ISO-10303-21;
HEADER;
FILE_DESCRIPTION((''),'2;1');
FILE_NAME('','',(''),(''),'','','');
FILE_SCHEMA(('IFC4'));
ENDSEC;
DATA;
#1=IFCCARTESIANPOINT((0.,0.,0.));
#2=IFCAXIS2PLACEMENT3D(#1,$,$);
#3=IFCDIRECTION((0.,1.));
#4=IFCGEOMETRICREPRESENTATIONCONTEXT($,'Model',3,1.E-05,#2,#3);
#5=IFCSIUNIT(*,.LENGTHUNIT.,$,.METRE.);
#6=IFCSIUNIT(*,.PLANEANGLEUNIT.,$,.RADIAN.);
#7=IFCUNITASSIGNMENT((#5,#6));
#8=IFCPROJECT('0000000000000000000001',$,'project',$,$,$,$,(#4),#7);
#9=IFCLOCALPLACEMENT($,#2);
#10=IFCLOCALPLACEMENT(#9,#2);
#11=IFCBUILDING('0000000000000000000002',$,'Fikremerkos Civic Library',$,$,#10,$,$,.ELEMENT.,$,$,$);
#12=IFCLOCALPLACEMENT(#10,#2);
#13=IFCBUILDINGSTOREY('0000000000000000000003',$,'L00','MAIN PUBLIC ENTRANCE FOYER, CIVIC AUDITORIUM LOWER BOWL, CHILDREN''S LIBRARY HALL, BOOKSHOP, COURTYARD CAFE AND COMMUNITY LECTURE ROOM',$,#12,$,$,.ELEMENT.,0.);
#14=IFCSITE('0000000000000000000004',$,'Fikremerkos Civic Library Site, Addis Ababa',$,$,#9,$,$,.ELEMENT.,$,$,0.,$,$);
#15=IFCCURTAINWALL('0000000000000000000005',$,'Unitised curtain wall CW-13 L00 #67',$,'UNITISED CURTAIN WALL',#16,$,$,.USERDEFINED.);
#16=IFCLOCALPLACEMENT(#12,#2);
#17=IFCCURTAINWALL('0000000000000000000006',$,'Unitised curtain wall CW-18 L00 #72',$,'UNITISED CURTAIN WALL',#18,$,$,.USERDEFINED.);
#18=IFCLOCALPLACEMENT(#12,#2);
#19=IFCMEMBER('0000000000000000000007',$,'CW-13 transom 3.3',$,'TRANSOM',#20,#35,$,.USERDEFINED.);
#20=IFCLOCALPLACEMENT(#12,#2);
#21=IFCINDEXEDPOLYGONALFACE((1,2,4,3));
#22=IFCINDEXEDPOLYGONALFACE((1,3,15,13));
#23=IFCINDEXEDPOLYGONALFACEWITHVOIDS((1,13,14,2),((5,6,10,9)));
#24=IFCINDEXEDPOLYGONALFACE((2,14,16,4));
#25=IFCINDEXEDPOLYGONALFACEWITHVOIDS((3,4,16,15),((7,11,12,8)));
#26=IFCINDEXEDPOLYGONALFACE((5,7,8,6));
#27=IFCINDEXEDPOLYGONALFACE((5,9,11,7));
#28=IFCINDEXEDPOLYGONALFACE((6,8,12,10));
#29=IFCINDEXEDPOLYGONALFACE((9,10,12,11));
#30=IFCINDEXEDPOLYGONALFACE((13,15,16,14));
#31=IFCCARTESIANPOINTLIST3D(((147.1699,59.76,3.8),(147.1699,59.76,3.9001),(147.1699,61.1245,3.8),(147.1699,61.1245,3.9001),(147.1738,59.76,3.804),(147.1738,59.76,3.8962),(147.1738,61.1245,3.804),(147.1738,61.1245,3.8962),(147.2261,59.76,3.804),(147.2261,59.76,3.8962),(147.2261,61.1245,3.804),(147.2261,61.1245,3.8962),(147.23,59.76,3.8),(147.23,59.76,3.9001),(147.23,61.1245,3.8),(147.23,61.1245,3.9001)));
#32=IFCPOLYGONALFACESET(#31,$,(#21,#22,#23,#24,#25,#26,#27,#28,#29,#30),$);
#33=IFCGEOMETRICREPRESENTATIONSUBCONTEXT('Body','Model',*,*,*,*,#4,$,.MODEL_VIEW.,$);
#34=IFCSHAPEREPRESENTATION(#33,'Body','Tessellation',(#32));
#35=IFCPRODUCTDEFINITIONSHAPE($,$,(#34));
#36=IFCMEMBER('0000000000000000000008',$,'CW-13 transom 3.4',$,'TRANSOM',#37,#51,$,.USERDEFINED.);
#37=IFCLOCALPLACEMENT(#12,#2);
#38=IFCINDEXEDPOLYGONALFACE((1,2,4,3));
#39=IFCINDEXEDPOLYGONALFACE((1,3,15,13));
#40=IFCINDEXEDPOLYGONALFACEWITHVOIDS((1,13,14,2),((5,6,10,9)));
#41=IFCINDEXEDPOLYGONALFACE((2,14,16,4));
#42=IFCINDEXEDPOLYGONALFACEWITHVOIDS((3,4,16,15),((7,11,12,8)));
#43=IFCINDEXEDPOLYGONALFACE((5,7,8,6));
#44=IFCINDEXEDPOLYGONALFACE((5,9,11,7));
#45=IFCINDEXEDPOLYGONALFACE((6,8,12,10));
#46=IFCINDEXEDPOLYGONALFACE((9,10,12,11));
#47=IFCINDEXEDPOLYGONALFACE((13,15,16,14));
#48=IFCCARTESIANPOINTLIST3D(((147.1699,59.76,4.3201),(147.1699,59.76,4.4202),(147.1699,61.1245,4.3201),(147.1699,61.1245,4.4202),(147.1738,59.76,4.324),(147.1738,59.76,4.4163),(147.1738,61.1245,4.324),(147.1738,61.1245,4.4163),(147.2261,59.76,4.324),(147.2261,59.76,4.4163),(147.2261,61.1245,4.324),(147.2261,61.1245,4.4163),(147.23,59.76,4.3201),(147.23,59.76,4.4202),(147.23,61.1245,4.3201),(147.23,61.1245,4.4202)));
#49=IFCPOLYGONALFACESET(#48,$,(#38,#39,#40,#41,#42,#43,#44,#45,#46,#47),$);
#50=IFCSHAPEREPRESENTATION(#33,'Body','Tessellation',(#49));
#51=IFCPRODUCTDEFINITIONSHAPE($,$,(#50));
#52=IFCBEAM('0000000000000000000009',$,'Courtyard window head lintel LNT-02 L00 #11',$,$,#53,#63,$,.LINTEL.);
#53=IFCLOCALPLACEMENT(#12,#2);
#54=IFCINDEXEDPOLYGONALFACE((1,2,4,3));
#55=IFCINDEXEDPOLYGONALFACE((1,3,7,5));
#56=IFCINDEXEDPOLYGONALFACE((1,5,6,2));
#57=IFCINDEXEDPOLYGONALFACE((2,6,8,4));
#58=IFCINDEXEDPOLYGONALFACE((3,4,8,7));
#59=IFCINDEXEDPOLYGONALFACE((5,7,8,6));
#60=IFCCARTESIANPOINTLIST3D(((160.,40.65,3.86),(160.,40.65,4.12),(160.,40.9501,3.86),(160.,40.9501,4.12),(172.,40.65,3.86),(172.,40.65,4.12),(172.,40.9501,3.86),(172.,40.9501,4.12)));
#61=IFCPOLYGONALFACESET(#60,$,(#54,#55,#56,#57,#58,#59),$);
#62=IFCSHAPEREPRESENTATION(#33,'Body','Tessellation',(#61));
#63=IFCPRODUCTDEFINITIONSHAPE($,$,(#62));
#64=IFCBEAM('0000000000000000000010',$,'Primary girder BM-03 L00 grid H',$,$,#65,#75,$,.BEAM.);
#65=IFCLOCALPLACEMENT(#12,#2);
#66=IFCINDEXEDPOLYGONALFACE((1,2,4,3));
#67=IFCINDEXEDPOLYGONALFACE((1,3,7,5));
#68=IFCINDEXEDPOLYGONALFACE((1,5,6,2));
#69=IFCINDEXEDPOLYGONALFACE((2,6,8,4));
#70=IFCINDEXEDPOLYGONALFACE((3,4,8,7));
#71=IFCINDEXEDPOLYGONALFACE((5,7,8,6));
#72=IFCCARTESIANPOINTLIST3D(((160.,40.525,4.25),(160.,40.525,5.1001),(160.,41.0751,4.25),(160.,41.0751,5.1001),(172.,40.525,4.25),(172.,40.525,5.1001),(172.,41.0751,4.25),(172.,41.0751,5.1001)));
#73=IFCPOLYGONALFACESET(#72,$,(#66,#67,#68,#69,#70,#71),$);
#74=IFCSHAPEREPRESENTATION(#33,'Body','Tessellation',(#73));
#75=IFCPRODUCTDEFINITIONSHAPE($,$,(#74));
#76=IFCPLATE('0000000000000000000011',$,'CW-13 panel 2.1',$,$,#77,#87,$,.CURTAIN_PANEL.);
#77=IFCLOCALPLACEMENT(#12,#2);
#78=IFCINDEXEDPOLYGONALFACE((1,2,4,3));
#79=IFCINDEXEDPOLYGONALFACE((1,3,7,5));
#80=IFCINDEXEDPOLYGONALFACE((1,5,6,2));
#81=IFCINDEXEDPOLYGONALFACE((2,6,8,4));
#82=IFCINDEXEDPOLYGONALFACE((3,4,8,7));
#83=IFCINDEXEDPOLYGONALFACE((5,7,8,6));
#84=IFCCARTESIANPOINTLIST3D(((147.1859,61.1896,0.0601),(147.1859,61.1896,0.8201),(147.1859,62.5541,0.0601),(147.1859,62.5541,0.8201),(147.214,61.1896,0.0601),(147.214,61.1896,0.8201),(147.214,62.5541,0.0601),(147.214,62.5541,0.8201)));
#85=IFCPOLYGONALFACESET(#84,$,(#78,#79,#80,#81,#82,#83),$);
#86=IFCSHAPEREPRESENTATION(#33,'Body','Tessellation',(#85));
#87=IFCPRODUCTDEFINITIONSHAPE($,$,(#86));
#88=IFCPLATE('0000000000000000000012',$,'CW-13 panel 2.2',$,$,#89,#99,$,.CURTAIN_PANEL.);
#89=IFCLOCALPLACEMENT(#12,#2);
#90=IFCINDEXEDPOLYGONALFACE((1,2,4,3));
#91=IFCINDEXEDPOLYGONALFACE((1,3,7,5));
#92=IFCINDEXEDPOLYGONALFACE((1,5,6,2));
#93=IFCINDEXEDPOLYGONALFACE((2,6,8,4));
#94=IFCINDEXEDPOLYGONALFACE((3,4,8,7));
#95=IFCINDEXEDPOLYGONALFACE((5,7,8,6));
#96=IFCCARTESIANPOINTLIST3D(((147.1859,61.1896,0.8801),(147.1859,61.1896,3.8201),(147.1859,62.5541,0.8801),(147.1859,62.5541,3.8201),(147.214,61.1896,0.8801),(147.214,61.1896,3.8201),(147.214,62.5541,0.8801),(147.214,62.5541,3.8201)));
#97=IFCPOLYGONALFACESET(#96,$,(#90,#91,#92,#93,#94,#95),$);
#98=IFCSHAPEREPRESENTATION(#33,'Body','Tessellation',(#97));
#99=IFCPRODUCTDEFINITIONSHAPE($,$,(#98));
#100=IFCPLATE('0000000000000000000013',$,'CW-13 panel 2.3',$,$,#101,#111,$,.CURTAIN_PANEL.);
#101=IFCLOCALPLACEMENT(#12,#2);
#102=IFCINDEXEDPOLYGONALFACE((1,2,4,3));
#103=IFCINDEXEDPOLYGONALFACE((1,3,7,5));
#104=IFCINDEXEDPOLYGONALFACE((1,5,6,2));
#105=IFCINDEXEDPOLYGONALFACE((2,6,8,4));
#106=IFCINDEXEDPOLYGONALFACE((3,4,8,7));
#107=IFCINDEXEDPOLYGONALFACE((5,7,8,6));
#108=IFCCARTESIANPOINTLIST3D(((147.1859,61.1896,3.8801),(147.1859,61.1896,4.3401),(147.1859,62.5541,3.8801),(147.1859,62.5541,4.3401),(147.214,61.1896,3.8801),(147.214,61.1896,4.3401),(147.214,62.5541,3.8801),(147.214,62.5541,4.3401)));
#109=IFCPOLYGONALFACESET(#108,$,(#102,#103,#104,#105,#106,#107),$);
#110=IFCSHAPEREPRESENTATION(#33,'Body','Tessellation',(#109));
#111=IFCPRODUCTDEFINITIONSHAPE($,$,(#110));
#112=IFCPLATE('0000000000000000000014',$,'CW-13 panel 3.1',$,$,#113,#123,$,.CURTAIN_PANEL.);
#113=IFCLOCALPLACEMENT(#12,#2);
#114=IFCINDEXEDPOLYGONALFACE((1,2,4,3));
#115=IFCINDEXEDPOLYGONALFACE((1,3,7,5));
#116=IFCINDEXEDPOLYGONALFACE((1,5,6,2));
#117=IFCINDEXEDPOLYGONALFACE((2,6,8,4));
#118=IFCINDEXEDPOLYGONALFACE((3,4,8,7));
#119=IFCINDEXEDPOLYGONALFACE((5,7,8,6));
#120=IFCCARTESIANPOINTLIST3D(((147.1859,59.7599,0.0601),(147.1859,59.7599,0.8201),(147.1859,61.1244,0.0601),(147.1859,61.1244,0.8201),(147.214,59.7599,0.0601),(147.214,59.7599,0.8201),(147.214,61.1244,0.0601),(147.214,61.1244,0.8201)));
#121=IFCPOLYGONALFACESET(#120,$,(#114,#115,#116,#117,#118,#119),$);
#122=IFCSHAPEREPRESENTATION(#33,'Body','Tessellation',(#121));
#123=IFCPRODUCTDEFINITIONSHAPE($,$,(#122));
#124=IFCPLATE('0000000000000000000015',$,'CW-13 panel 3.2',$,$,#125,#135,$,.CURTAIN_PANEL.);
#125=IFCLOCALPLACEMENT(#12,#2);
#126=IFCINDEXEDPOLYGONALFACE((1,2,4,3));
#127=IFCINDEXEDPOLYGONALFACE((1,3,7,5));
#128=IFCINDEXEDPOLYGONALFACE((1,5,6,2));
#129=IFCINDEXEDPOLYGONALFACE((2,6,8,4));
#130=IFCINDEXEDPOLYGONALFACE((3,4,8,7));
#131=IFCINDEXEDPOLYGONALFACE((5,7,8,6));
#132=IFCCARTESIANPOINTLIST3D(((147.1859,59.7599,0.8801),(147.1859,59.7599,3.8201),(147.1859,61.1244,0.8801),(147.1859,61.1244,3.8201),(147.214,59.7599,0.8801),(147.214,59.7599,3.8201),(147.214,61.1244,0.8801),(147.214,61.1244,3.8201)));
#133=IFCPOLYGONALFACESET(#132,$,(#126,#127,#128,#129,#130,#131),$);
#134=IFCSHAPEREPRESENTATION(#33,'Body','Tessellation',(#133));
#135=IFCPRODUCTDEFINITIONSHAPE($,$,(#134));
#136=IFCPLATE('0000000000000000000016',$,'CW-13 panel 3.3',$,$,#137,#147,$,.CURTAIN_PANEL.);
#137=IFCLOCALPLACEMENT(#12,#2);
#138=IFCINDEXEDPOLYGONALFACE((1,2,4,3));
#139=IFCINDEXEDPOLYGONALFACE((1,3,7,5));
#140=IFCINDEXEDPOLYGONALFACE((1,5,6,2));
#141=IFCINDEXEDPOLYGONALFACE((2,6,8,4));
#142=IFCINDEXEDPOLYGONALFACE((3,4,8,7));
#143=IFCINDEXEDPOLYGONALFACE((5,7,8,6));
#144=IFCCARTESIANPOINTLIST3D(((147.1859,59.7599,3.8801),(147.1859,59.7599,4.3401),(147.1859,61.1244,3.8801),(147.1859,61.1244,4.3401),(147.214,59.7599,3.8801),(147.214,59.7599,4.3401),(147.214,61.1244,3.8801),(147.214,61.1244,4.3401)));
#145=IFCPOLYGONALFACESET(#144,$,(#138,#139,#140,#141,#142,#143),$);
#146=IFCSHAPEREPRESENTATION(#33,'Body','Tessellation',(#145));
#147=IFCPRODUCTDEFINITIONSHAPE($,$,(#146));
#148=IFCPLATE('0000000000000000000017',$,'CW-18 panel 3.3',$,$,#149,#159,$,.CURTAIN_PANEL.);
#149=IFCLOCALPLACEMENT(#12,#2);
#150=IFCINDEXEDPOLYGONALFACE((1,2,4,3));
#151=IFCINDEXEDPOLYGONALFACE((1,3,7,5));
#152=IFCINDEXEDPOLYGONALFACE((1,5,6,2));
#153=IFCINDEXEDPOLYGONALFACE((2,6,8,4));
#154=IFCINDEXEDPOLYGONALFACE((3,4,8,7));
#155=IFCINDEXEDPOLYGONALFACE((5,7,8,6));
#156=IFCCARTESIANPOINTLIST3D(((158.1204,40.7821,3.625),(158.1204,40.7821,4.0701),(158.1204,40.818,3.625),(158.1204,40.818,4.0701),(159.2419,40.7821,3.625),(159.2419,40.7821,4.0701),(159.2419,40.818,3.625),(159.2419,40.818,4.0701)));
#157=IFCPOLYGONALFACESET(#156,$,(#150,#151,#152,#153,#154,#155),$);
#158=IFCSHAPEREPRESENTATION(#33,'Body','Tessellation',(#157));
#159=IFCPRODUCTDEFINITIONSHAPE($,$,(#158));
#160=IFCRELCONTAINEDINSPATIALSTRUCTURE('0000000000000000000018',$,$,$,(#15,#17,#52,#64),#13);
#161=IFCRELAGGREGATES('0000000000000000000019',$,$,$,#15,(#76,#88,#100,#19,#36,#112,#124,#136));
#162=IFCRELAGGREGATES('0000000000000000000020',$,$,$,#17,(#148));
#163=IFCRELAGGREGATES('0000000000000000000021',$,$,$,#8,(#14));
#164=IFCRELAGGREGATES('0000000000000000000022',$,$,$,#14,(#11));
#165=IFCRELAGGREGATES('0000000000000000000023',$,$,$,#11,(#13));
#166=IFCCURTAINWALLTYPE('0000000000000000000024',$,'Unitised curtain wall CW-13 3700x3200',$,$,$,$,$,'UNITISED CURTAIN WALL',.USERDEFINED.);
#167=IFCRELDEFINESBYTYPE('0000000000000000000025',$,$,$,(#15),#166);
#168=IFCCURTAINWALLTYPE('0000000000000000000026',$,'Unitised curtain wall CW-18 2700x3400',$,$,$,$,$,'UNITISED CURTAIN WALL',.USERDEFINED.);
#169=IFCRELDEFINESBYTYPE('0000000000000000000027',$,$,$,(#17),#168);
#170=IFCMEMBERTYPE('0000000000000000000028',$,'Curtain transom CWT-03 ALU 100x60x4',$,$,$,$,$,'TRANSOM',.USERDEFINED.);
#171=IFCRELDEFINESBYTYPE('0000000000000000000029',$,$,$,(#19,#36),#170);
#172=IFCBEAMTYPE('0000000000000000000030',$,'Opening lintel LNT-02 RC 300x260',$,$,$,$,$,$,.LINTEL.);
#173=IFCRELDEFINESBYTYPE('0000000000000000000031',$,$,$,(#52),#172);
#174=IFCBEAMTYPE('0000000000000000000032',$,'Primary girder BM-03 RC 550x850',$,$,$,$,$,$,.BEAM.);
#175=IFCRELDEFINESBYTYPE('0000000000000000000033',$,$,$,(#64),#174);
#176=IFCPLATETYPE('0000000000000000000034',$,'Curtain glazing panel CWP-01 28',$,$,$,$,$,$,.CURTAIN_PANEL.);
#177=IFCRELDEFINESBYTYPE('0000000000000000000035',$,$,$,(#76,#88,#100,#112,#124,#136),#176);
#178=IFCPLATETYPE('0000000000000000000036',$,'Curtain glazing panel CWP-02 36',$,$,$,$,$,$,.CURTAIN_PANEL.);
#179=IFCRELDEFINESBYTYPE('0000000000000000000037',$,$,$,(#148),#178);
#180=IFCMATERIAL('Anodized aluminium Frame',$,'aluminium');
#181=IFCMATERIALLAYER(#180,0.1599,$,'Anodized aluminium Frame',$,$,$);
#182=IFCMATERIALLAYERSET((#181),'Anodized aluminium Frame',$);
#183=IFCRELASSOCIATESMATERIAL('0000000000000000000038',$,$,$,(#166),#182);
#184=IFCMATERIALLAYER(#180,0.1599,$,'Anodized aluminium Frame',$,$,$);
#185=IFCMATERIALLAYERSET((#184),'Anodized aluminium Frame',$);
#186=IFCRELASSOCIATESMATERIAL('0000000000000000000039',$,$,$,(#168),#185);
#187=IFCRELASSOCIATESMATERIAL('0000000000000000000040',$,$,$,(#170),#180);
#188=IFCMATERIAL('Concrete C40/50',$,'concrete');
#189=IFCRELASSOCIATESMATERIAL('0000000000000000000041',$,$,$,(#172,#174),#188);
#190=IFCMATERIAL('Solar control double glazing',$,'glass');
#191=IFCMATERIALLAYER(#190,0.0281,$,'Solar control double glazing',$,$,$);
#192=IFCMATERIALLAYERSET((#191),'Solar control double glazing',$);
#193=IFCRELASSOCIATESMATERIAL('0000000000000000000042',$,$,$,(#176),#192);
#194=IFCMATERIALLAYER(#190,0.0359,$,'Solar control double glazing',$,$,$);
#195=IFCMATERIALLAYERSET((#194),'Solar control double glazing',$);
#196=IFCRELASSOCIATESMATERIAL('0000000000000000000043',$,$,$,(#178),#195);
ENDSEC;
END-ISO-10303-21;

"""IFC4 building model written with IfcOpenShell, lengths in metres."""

from ifc_helpers import new_model, si_unit, direction, frame, origin, origin_2d, place, context, subcontext, project, spatial, rectangle, hollow_rectangle, extrude, material, layer, layer_set, material_profile, profile_set, type_object, element, aggregate, save


model = new_model("IFC4")

# Units and contexts
model_context = context("Model", 3, precision=1e-05, world=origin(), true_north=direction((0.0, 1.0)))
body_context = subcontext(model_context, "Body", "Model", "MODEL_VIEW")
ifc_project = project(units=[si_unit("LENGTHUNIT", "METRE"), si_unit("PLANEANGLEUNIT", "RADIAN")], contexts=[model_context])

# Site, building, storey
site_placement = place(None, origin())
site = spatial("IfcSite", under=ifc_project, at=site_placement, Name="Fikremerkos Civic Library Site, Addis Ababa", CompositionType="ELEMENT", RefElevation=0.0)
building_placement = place(site_placement, origin())
building = spatial("IfcBuilding", under=site, at=building_placement, Name="Fikremerkos Civic Library", CompositionType="ELEMENT")
storey_placement = place(building_placement, origin())
storey = spatial("IfcBuildingStorey", under=building, at=storey_placement, Name="L00", Description="MAIN PUBLIC ENTRANCE FOYER, CIVIC AUDITORIUM LOWER BOWL, CHILDREN'S LIBRARY HALL, BOOKSHOP, COURTYARD CAFE AND COMMUNITY LECTURE ROOM", CompositionType="ELEMENT", Elevation=0.0)

# Shared definitions
ifc_material_1 = material(Name="Concrete C40/50", Category="concrete")

# Curtain wall
ifc_material_2 = material(Name="Anodized aluminium Frame", Category="aluminium")
ifc_layer_1 = layer(ifc_material_2, 0.1599, Name="Anodized aluminium Frame")
ifc_layer_set_1 = layer_set([ifc_layer_1], Name="Anodized aluminium Frame")
curtain_wall_type_1 = type_object("IfcCurtainWallType", Name="Unitised curtain wall CW-13 3700x3200", ElementType="UNITISED CURTAIN WALL", PredefinedType="USERDEFINED", material=ifc_layer_set_1)
curtain_wall_1_placement = place(storey_placement, origin())
curtain_wall_1 = element("IfcCurtainWall", 1, at=curtain_wall_1_placement, inside=storey, type_object=curtain_wall_type_1, Name="Unitised curtain wall CW-13 L00 #67", ObjectType="UNITISED CURTAIN WALL", PredefinedType="USERDEFINED")

# Curtain wall
ifc_layer_2 = layer(ifc_material_2, 0.1599, Name="Anodized aluminium Frame")
ifc_layer_set_2 = layer_set([ifc_layer_2], Name="Anodized aluminium Frame")
curtain_wall_type_2 = type_object("IfcCurtainWallType", Name="Unitised curtain wall CW-18 2700x3400", ElementType="UNITISED CURTAIN WALL", PredefinedType="USERDEFINED", material=ifc_layer_set_2)
curtain_wall_2_placement = place(storey_placement, origin())
curtain_wall_2 = element("IfcCurtainWall", 2, at=curtain_wall_2_placement, inside=storey, type_object=curtain_wall_type_2, Name="Unitised curtain wall CW-18 L00 #72", ObjectType="UNITISED CURTAIN WALL", PredefinedType="USERDEFINED")

# Members
ifc_material_profile_1 = material_profile(ifc_material_2, hollow_rectangle(XDim=0.0601, YDim=0.1001, WallThickness=0.0039, at=origin_2d()), Name="ALU 100x60x4")
ifc_profile_set_1 = profile_set([ifc_material_profile_1], Name="Anodized aluminium Frame")
member_type_1 = type_object("IfcMemberType", Name="Curtain transom CWT-03 ALU 100x60x4", ElementType="TRANSOM", PredefinedType="USERDEFINED", material=ifc_profile_set_1)
member_1_placement = place(storey_placement, frame((147.2, 61.1245, 3.8501), z_axis=(0.0, -1.0, 0.0), x_axis=(1.0, 0.0, 0.0)))
member_1 = element("IfcMember", 3, at=member_1_placement, type_object=member_type_1, Name="CW-13 transom 3.3", ObjectType="TRANSOM", PredefinedType="USERDEFINED", context=body_context, shape_type="SweptSolid", body=[
    extrude(hollow_rectangle(XDim=0.0601, YDim=0.1001, WallThickness=0.0039, at=origin_2d()), origin(), (0.0, 0.0, 1.0), 1.3645),
])
member_2_placement = place(storey_placement, frame((147.2, 61.1245, 4.3701), z_axis=(0.0, -1.0, 0.0), x_axis=(1.0, 0.0, 0.0)))
member_2 = element("IfcMember", 4, at=member_2_placement, type_object=member_type_1, Name="CW-13 transom 3.4", ObjectType="TRANSOM", PredefinedType="USERDEFINED", context=body_context, shape_type="SweptSolid", body=[
    extrude(hollow_rectangle(XDim=0.0601, YDim=0.1001, WallThickness=0.0039, at=origin_2d()), origin(), (0.0, 0.0, 1.0), 1.3645),
])

# Beams
ifc_material_profile_2 = material_profile(ifc_material_1, rectangle(XDim=0.3, YDim=0.26, at=origin_2d()), Name="RC 300x260")
ifc_profile_set_2 = profile_set([ifc_material_profile_2], Name="Concrete C40/50")
beam_type_1 = type_object("IfcBeamType", Name="Opening lintel LNT-02 RC 300x260", PredefinedType="LINTEL", material=ifc_profile_set_2)
beam_1_placement = place(storey_placement, frame((160.0, 40.8, 3.99), z_axis=(1.0, 0.0, 0.0), x_axis=(0.0, 1.0, 0.0)))
element("IfcBeam", 5, at=beam_1_placement, inside=storey, type_object=beam_type_1, Name="Courtyard window head lintel LNT-02 L00 #11", PredefinedType="LINTEL", context=body_context, shape_type="SweptSolid", body=[
    extrude(rectangle(XDim=0.3, YDim=0.26, at=origin_2d()), origin(), (0.0, 0.0, 1.0), 12.0),
])
ifc_material_profile_3 = material_profile(ifc_material_1, rectangle(XDim=0.55, YDim=0.8501, at=origin_2d()), Name="RC 550x850")
ifc_profile_set_3 = profile_set([ifc_material_profile_3], Name="Concrete C40/50")
beam_type_2 = type_object("IfcBeamType", Name="Primary girder BM-03 RC 550x850", PredefinedType="BEAM", material=ifc_profile_set_3)
beam_2_placement = place(storey_placement, frame((160.0, 40.8, 4.675), z_axis=(1.0, 0.0, 0.0), x_axis=(0.0, 1.0, 0.0)))
element("IfcBeam", 6, at=beam_2_placement, inside=storey, type_object=beam_type_2, Name="Primary girder BM-03 L00 grid H", PredefinedType="BEAM", context=body_context, shape_type="SweptSolid", body=[
    extrude(rectangle(XDim=0.55, YDim=0.8501, at=origin_2d()), origin(), (0.0, 0.0, 1.0), 12.0),
])

# Plates
ifc_material_3 = material(Name="Solar control double glazing", Category="glass")
ifc_layer_3 = layer(ifc_material_3, 0.0281, Name="Solar control double glazing")
ifc_layer_set_3 = layer_set([ifc_layer_3], Name="Solar control double glazing")
plate_type_1 = type_object("IfcPlateType", Name="Curtain glazing panel CWP-01 28", PredefinedType="CURTAIN_PANEL", material=ifc_layer_set_3)
plate_1_placement = place(storey_placement, frame((147.2, 61.8718, 0.0601), z_axis=(0.0, 0.0, 1.0), x_axis=(0.0, -1.0, 0.0)))
plate_1 = element("IfcPlate", 7, at=plate_1_placement, type_object=plate_type_1, Name="CW-13 panel 2.1", PredefinedType="CURTAIN_PANEL", context=body_context, shape_type="SweptSolid", body=[
    extrude(rectangle(XDim=1.3645, YDim=0.0281, at=origin_2d()), origin(), (0.0, 0.0, 1.0), 0.76),
])
plate_2_placement = place(storey_placement, frame((147.2, 61.8718, 0.8801), z_axis=(0.0, 0.0, 1.0), x_axis=(0.0, -1.0, 0.0)))
plate_2 = element("IfcPlate", 8, at=plate_2_placement, type_object=plate_type_1, Name="CW-13 panel 2.2", PredefinedType="CURTAIN_PANEL", context=body_context, shape_type="SweptSolid", body=[
    extrude(rectangle(XDim=1.3645, YDim=0.0281, at=origin_2d()), origin(), (0.0, 0.0, 1.0), 2.9399),
])
plate_3_placement = place(storey_placement, frame((147.2, 61.8718, 3.8801), z_axis=(0.0, 0.0, 1.0), x_axis=(0.0, -1.0, 0.0)))
plate_3 = element("IfcPlate", 9, at=plate_3_placement, type_object=plate_type_1, Name="CW-13 panel 2.3", PredefinedType="CURTAIN_PANEL", context=body_context, shape_type="SweptSolid", body=[
    extrude(rectangle(XDim=1.3645, YDim=0.0281, at=origin_2d()), origin(), (0.0, 0.0, 1.0), 0.46),
])
plate_4_placement = place(storey_placement, frame((147.2, 60.4421, 0.0601), z_axis=(0.0, 0.0, 1.0), x_axis=(0.0, -1.0, 0.0)))
plate_4 = element("IfcPlate", 10, at=plate_4_placement, type_object=plate_type_1, Name="CW-13 panel 3.1", PredefinedType="CURTAIN_PANEL", context=body_context, shape_type="SweptSolid", body=[
    extrude(rectangle(XDim=1.3645, YDim=0.0281, at=origin_2d()), origin(), (0.0, 0.0, 1.0), 0.76),
])
plate_5_placement = place(storey_placement, frame((147.2, 60.4421, 0.8801), z_axis=(0.0, 0.0, 1.0), x_axis=(0.0, -1.0, 0.0)))
plate_5 = element("IfcPlate", 11, at=plate_5_placement, type_object=plate_type_1, Name="CW-13 panel 3.2", PredefinedType="CURTAIN_PANEL", context=body_context, shape_type="SweptSolid", body=[
    extrude(rectangle(XDim=1.3645, YDim=0.0281, at=origin_2d()), origin(), (0.0, 0.0, 1.0), 2.9399),
])
plate_6_placement = place(storey_placement, frame((147.2, 60.4421, 3.8801), z_axis=(0.0, 0.0, 1.0), x_axis=(0.0, -1.0, 0.0)))
plate_6 = element("IfcPlate", 12, at=plate_6_placement, type_object=plate_type_1, Name="CW-13 panel 3.3", PredefinedType="CURTAIN_PANEL", context=body_context, shape_type="SweptSolid", body=[
    extrude(rectangle(XDim=1.3645, YDim=0.0281, at=origin_2d()), origin(), (0.0, 0.0, 1.0), 0.46),
])
aggregate(curtain_wall_1, [plate_1, plate_2, plate_3, member_1, member_2, plate_4, plate_5, plate_6])
ifc_layer_4 = layer(ifc_material_3, 0.0359, Name="Solar control double glazing")
ifc_layer_set_4 = layer_set([ifc_layer_4], Name="Solar control double glazing")
plate_type_2 = type_object("IfcPlateType", Name="Curtain glazing panel CWP-02 36", PredefinedType="CURTAIN_PANEL", material=ifc_layer_set_4)
plate_7_placement = place(storey_placement, frame((158.6812, 40.8, 3.625), z_axis=(0.0, 0.0, 1.0), x_axis=(1.0, 0.0, 0.0)))
plate_7 = element("IfcPlate", 13, at=plate_7_placement, type_object=plate_type_2, Name="CW-18 panel 3.3", PredefinedType="CURTAIN_PANEL", context=body_context, shape_type="SweptSolid", body=[
    extrude(rectangle(XDim=1.1216, YDim=0.0359, at=origin_2d()), origin(), (0.0, 0.0, 1.0), 0.4451),
])
aggregate(curtain_wall_2, [plate_7])

save(model, "model.ifc")
